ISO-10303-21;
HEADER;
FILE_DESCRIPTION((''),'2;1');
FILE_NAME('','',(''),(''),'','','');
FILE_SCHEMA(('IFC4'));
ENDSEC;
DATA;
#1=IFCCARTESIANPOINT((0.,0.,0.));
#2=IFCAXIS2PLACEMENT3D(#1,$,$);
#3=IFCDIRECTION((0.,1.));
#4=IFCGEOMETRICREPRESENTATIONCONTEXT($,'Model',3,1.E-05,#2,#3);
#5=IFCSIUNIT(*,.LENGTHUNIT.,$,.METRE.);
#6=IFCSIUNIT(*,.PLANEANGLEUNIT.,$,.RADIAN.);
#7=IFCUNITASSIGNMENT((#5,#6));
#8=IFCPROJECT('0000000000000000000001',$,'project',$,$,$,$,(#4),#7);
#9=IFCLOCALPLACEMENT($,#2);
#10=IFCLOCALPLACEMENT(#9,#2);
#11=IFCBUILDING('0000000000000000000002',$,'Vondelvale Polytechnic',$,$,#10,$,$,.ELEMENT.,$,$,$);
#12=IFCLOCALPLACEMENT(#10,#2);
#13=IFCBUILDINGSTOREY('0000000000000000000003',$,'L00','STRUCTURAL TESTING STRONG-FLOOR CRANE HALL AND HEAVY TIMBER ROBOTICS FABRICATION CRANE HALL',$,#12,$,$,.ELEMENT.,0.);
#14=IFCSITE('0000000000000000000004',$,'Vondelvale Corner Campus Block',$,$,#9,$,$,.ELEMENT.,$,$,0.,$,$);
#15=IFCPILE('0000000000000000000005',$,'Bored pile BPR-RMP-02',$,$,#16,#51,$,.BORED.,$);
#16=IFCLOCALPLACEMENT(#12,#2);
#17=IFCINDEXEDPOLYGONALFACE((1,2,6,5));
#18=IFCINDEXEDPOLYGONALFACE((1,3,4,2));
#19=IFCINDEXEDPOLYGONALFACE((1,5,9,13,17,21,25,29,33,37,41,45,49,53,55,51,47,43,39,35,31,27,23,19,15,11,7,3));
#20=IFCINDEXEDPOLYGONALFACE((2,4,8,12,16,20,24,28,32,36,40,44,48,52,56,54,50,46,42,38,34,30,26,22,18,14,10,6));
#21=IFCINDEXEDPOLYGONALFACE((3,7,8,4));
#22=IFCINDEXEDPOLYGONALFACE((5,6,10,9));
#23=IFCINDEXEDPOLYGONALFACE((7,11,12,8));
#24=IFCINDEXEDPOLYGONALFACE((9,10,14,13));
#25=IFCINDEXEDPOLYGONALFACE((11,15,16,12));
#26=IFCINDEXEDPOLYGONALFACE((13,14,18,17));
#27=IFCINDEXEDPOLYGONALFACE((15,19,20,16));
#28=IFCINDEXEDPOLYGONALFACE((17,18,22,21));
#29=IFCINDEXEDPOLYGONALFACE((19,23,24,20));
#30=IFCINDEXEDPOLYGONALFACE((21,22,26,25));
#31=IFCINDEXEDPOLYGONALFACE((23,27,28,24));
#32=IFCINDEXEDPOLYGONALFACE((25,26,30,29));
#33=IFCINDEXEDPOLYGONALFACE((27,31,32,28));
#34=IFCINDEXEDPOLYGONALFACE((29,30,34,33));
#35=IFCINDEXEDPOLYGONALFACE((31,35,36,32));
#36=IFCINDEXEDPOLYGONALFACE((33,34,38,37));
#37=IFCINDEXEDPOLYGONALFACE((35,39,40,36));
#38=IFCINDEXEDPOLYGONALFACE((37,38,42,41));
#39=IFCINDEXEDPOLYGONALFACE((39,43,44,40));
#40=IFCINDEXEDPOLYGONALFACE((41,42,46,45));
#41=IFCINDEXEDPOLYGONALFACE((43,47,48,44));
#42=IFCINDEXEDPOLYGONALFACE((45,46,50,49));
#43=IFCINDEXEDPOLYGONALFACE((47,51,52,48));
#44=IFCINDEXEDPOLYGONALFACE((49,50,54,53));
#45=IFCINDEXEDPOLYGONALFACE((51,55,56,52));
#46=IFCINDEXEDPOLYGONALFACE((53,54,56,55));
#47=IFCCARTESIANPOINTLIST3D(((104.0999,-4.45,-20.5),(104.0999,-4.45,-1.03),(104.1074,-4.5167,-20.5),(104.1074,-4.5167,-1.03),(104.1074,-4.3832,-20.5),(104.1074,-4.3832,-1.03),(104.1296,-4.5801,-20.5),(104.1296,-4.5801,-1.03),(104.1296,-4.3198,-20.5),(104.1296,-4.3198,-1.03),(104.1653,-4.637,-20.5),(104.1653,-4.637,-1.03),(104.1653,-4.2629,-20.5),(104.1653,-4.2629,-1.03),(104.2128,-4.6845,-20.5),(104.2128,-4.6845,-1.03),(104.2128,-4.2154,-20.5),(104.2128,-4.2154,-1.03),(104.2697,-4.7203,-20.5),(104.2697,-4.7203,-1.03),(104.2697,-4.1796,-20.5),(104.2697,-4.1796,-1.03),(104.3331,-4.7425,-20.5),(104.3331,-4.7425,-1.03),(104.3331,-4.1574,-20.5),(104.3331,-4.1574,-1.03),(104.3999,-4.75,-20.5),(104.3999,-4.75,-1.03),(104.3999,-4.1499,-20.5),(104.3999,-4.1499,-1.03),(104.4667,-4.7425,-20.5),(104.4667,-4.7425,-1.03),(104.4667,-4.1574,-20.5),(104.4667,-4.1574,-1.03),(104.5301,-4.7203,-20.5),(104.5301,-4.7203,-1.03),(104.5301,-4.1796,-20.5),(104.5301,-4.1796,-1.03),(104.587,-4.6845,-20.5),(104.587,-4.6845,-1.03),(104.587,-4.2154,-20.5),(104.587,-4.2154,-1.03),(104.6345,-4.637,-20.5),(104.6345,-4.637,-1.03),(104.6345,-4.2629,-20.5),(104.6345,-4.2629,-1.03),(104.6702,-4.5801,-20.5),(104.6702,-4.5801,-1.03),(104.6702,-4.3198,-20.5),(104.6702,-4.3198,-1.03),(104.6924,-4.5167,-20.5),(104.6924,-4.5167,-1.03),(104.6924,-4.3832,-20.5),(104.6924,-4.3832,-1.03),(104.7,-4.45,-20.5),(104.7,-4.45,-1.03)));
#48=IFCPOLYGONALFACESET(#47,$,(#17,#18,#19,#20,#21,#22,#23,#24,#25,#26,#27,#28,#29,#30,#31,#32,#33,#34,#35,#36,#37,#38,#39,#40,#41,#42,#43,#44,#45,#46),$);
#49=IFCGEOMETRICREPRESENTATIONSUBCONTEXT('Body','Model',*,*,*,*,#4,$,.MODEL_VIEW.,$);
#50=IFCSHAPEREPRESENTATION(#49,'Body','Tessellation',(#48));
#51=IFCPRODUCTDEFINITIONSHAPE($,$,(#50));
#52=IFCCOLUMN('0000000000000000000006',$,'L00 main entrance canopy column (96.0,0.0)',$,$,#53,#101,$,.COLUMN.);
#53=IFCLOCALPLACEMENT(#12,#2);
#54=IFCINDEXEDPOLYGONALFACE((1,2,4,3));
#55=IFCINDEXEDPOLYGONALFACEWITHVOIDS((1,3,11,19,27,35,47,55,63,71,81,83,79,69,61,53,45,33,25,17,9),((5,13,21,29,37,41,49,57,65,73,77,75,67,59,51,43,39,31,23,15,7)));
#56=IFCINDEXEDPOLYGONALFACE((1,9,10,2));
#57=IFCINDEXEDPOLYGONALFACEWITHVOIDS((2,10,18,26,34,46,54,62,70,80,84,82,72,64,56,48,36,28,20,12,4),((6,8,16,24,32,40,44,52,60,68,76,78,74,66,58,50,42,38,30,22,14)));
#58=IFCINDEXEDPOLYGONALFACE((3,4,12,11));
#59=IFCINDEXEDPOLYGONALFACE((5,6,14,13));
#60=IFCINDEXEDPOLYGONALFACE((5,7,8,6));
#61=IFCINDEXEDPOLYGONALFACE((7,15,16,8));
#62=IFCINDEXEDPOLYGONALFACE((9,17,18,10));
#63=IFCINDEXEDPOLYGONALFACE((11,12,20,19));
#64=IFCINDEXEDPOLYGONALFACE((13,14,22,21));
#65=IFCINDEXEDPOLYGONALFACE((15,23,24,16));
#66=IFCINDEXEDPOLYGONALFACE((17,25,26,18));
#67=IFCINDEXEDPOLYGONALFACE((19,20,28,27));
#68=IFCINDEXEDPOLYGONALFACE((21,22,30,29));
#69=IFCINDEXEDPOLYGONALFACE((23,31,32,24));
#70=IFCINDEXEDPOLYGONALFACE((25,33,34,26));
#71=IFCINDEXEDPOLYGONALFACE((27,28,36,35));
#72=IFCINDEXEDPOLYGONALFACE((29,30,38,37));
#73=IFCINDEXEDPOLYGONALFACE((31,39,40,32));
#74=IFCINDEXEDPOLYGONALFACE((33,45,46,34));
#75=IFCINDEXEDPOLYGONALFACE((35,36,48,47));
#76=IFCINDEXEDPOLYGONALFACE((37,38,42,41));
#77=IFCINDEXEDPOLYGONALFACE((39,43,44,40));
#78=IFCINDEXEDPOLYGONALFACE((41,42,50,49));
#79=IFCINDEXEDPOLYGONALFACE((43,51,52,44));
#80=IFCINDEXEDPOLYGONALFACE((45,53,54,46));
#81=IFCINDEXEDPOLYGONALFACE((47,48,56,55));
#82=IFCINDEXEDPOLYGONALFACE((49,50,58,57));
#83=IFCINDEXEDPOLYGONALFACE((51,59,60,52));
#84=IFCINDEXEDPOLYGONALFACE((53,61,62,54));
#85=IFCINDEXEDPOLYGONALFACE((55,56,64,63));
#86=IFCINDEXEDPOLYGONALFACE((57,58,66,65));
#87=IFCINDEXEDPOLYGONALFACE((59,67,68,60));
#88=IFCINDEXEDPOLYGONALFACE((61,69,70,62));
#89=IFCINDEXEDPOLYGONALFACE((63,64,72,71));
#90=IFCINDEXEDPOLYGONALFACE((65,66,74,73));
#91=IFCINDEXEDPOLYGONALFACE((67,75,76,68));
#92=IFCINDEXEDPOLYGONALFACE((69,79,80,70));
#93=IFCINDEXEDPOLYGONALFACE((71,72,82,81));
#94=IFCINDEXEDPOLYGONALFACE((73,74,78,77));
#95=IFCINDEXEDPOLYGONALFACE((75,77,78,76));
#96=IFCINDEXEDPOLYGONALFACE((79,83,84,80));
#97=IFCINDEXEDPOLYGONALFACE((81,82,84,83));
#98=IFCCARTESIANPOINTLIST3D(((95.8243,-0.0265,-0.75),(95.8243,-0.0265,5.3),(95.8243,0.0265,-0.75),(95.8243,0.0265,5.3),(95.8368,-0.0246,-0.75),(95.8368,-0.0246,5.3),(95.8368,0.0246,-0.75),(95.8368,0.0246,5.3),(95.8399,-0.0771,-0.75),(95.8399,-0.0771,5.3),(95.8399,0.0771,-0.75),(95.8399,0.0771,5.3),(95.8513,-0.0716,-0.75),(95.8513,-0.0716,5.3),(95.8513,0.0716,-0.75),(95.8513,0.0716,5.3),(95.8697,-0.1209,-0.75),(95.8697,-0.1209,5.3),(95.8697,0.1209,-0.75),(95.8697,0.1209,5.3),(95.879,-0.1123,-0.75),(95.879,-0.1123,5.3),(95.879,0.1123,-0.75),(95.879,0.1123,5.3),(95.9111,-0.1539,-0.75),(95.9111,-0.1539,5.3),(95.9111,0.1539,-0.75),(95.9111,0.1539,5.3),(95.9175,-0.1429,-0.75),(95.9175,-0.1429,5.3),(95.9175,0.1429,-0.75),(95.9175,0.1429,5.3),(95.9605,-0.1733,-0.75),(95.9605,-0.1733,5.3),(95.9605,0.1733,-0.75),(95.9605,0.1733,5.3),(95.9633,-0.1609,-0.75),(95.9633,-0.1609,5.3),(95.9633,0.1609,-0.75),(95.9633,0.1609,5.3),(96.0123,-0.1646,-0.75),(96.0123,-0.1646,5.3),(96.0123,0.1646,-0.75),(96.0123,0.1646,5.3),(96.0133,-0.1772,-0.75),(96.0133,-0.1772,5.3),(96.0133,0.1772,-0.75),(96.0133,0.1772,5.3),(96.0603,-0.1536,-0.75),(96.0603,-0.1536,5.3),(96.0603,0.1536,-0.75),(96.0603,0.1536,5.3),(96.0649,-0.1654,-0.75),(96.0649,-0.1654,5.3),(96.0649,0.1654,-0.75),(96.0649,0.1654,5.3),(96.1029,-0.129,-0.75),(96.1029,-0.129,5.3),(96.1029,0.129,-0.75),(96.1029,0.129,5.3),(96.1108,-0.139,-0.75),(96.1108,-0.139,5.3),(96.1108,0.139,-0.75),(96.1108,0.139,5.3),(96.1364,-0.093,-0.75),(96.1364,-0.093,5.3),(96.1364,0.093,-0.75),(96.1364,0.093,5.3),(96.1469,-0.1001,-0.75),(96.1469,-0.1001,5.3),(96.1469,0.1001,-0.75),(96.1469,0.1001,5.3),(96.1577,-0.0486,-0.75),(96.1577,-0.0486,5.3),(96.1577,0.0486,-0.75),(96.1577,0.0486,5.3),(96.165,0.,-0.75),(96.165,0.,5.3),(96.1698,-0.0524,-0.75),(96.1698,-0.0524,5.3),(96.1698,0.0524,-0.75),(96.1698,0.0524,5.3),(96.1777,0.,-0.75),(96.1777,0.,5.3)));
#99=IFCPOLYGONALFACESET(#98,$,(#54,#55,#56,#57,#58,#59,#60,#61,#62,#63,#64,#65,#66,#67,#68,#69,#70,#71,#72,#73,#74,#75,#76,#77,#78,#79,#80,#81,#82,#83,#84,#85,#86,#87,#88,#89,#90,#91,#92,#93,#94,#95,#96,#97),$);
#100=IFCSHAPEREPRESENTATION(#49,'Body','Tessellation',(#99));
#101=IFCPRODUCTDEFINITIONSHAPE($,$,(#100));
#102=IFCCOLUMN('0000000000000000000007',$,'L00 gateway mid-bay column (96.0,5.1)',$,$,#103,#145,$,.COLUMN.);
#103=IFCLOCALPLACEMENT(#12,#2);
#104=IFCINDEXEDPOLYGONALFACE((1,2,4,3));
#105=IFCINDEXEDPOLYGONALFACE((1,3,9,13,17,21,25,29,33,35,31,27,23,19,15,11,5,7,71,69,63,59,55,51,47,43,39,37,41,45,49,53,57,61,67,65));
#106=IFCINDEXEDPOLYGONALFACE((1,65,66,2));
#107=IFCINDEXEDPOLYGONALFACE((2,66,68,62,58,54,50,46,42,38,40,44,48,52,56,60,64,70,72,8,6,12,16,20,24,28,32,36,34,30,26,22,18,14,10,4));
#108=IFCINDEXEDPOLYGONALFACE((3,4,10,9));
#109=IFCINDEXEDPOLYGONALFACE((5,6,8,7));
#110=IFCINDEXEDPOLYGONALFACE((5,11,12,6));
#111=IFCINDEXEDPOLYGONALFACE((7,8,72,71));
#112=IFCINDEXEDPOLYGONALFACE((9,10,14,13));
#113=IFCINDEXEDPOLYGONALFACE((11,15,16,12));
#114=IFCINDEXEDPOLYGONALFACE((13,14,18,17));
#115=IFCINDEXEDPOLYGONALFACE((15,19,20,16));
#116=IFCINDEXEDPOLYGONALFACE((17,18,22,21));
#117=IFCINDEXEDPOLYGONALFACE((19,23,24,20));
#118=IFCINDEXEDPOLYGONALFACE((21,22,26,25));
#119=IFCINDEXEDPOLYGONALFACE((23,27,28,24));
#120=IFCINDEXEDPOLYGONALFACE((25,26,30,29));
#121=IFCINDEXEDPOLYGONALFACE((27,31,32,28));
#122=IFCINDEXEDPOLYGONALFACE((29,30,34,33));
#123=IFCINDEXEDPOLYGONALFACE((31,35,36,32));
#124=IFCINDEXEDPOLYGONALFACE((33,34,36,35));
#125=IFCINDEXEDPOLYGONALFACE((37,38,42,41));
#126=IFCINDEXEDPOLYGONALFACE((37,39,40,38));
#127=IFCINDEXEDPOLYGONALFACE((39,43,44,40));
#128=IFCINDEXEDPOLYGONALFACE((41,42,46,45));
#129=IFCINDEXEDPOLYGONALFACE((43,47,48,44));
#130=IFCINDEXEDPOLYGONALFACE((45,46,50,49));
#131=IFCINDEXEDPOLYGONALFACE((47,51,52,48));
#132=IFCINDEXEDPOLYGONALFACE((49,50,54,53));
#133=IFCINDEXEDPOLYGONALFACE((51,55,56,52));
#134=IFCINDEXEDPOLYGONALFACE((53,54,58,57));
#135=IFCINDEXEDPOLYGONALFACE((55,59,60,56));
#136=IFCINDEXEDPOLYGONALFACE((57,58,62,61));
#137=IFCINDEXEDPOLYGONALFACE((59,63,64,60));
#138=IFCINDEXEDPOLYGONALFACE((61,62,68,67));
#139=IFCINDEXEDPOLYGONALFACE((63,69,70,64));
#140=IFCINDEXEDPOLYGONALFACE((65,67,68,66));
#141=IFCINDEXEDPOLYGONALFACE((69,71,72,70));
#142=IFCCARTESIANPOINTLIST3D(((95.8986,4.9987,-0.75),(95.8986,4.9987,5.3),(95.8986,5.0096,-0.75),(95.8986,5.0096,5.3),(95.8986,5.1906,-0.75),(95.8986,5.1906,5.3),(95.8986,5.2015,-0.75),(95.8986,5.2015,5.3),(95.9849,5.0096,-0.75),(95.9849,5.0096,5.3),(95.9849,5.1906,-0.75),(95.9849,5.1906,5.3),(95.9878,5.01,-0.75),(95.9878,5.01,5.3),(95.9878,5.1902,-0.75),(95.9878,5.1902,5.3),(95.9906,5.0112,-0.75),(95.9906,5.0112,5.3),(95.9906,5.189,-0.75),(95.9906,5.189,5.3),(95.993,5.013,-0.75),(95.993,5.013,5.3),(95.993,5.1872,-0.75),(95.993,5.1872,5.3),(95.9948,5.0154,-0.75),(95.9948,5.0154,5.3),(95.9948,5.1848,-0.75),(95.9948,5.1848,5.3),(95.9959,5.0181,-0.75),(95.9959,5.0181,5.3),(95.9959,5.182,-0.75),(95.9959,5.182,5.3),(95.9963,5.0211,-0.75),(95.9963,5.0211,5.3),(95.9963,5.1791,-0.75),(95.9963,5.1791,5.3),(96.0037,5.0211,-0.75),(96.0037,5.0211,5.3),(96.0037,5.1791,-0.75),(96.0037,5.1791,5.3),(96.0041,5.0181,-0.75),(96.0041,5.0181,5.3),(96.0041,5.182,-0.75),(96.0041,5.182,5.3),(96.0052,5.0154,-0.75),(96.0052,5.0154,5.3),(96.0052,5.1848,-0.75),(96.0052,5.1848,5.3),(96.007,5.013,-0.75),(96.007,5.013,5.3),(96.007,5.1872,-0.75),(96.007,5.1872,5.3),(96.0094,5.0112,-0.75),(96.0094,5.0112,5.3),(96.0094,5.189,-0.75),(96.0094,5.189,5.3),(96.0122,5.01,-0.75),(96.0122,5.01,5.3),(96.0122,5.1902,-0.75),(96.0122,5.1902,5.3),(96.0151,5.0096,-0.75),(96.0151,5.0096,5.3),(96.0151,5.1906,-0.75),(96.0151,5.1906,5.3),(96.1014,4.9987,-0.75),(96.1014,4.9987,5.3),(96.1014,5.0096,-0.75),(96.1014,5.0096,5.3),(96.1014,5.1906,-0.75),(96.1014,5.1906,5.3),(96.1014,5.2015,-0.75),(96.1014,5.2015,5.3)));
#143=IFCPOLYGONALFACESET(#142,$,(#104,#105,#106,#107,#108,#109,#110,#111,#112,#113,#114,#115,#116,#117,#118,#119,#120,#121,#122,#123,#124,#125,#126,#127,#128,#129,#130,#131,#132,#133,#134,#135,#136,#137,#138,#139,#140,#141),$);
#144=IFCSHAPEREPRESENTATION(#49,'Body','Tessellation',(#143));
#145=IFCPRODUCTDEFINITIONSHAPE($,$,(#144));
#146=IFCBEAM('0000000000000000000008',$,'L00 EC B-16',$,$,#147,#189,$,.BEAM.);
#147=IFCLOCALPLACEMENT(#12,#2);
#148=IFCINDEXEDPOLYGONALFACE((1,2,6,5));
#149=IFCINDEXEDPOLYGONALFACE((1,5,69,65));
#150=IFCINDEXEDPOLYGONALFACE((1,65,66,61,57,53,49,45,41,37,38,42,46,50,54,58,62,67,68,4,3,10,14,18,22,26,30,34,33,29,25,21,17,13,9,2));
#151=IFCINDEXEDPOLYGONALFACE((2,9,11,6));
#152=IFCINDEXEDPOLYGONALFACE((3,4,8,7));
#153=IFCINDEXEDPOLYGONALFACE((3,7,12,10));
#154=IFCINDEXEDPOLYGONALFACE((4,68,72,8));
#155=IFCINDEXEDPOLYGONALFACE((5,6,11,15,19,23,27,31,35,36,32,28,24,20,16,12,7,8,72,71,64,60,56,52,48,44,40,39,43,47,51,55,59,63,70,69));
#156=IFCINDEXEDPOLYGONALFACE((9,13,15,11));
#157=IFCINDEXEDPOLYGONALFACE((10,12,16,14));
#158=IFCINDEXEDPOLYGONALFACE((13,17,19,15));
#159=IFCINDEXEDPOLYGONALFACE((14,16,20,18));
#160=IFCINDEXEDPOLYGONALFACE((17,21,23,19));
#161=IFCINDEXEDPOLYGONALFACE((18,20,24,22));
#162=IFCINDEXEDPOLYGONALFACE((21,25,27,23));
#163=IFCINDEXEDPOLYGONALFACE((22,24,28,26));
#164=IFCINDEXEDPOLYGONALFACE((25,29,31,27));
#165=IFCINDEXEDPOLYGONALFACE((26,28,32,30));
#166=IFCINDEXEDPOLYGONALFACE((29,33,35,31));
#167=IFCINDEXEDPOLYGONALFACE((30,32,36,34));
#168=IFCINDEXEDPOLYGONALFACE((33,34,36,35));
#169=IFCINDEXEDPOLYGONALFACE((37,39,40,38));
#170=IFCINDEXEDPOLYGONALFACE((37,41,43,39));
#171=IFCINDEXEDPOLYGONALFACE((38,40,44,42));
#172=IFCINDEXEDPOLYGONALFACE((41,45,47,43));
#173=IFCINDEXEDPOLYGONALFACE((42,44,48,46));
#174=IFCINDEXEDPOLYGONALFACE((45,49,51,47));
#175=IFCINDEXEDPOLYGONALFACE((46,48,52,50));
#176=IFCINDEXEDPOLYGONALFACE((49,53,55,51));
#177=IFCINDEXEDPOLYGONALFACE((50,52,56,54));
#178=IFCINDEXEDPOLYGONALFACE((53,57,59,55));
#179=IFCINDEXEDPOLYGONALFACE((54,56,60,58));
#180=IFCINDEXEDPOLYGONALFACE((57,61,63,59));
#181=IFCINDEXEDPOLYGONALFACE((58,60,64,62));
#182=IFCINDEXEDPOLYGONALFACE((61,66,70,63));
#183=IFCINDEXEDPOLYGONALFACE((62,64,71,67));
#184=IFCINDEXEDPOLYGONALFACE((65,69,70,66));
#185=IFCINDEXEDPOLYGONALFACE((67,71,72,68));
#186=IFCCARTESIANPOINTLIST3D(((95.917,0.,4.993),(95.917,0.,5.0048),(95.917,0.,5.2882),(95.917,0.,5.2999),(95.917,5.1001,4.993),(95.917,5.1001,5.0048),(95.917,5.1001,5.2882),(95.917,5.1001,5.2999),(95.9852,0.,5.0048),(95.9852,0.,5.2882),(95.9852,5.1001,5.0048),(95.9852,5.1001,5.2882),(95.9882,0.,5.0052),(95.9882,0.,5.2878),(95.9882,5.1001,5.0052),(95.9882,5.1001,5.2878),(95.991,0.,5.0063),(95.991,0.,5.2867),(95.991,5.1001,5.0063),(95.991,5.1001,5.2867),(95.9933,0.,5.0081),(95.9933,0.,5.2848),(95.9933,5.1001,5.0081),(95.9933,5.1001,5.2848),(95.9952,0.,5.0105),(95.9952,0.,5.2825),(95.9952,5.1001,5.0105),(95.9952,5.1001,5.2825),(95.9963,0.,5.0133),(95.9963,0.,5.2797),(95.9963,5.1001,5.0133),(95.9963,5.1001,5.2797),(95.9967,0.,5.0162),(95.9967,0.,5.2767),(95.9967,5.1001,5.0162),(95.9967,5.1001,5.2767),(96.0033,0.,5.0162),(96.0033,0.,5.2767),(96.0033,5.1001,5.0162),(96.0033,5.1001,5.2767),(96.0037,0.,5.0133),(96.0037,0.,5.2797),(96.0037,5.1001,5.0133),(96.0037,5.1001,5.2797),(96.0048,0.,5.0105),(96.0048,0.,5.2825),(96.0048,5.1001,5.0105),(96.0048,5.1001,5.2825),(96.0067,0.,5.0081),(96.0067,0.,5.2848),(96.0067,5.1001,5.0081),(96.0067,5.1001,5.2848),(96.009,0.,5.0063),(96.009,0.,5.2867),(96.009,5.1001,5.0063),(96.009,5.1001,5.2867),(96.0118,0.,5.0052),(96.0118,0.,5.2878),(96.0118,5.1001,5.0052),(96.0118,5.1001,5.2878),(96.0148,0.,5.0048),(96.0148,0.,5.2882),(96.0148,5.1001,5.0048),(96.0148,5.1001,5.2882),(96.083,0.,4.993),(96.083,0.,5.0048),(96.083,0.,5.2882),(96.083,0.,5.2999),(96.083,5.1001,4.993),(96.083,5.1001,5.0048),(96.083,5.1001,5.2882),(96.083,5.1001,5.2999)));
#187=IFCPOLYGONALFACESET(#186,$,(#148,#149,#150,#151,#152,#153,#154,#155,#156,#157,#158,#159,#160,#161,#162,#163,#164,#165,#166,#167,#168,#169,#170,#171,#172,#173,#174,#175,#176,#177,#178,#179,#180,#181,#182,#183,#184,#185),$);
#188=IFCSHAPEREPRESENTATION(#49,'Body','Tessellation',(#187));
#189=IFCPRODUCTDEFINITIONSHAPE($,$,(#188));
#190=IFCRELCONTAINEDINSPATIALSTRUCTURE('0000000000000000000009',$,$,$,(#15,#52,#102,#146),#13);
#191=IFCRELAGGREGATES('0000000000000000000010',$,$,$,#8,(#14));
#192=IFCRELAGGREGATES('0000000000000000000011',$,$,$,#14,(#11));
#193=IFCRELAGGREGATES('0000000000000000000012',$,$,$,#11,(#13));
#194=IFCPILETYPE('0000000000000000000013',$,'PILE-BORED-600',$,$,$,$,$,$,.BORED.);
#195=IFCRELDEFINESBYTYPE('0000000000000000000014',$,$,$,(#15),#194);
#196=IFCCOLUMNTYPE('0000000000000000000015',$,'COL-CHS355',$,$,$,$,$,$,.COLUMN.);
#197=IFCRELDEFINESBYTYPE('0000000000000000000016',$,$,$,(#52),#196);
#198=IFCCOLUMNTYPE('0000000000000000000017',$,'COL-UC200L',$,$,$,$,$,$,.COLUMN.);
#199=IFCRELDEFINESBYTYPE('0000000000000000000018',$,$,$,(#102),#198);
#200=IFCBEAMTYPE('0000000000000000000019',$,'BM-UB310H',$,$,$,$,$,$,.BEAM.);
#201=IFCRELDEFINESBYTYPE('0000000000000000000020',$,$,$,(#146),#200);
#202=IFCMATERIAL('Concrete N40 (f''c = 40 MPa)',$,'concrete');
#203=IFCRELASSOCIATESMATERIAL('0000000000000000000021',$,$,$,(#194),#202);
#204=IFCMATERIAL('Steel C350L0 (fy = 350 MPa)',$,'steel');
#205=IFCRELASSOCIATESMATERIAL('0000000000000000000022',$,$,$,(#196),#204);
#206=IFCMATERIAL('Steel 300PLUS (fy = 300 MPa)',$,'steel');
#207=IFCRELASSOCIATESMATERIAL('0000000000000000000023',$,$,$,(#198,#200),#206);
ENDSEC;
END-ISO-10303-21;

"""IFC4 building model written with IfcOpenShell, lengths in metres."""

from ifc_helpers import new_model, si_unit, direction, frame, origin, origin_2d, place, context, subcontext, project, spatial, circle, hollow_circle, i_section, extrude, material, material_profile, profile_set, type_object, element, save


model = new_model("IFC4")

# Units and contexts
model_context = context("Model", 3, precision=1e-05, world=origin(), true_north=direction((0.0, 1.0)))
body_context = subcontext(model_context, "Body", "Model", "MODEL_VIEW")
ifc_project = project(units=[si_unit("LENGTHUNIT", "METRE"), si_unit("PLANEANGLEUNIT", "RADIAN")], contexts=[model_context])

# Site, building, storey
site_placement = place(None, origin())
site = spatial("IfcSite", under=ifc_project, at=site_placement, Name="Vondelvale Corner Campus Block", CompositionType="ELEMENT", RefElevation=0.0)
building_placement = place(site_placement, origin())
building = spatial("IfcBuilding", under=site, at=building_placement, Name="Vondelvale Polytechnic", CompositionType="ELEMENT")
storey_placement = place(building_placement, origin())
storey = spatial("IfcBuildingStorey", under=building, at=storey_placement, Name="L00", Description="STRUCTURAL TESTING STRONG-FLOOR CRANE HALL AND HEAVY TIMBER ROBOTICS FABRICATION CRANE HALL", CompositionType="ELEMENT", Elevation=0.0)

# Shared definitions
ifc_material_1 = material(Name="Concrete N40 (f'c = 40 MPa)", Category="concrete")

# Pile
ifc_material_profile_1 = material_profile(ifc_material_1, circle(Radius=0.3, at=origin_2d()), Name="PILE-D600")
ifc_profile_set_1 = profile_set([ifc_material_profile_1], Name="Concrete N40 (f'c = 40 MPa)")
pile_type = type_object("IfcPileType", Name="PILE-BORED-600", PredefinedType="BORED", material=ifc_profile_set_1)
for number, where, z_axis, x_axis, name in (
    (1, (104.3999, -4.45, -1.03), (0.0, 0.0, -1.0), (1.0, 0.0, 0.0), "Bored pile BPR-RMP-02"),
):
    element("IfcPile", number, at=place(storey_placement, frame(where, z_axis=z_axis, x_axis=x_axis)), inside=storey, type_object=pile_type, Name=name, PredefinedType="BORED", context=body_context, shape_type="SweptSolid", body=[
        extrude(circle(Radius=0.3, at=origin_2d()), origin(), (0.0, 0.0, 1.0), 19.47),
    ])

# Columns
ifc_material_2 = material(Name="Steel C350L0 (fy = 350 MPa)", Category="steel")
ifc_material_profile_2 = material_profile(ifc_material_2, hollow_circle(Radius=0.1777, WallThickness=0.0127, at=origin_2d()), Name="355.6x12.7CHS")
ifc_profile_set_2 = profile_set([ifc_material_profile_2], Name="Steel C350L0 (fy = 350 MPa)")
column_type_1 = type_object("IfcColumnType", Name="COL-CHS355", PredefinedType="COLUMN", material=ifc_profile_set_2)
column_1_placement = place(storey_placement, frame((96.0, 0.0, -0.75), z_axis=(0.0, 0.0, 1.0), x_axis=(1.0, 0.0, 0.0)))
element("IfcColumn", 2, at=column_1_placement, inside=storey, type_object=column_type_1, Name="L00 main entrance canopy column (96.0,0.0)", PredefinedType="COLUMN", context=body_context, shape_type="SweptSolid", body=[
    extrude(hollow_circle(Radius=0.1777, WallThickness=0.0127, at=origin_2d()), origin(), (0.0, 0.0, 1.0), 6.05),
])
ifc_material_3 = material(Name="Steel 300PLUS (fy = 300 MPa)", Category="steel")
ifc_material_profile_3 = material_profile(ifc_material_3, i_section(OverallWidth=0.2029, OverallDepth=0.2029, WebThickness=0.0073, FlangeThickness=0.011, FilletRadius=0.0115, at=origin_2d()), Name="200UC46.2")
ifc_profile_set_3 = profile_set([ifc_material_profile_3], Name="Steel 300PLUS (fy = 300 MPa)")
column_type_2 = type_object("IfcColumnType", Name="COL-UC200L", PredefinedType="COLUMN", material=ifc_profile_set_3)
column_2_placement = place(storey_placement, frame((96.0, 5.1001, -0.75), z_axis=(0.0, 0.0, 1.0), x_axis=(1.0, 0.0, 0.0)))
element("IfcColumn", 3, at=column_2_placement, inside=storey, type_object=column_type_2, Name="L00 gateway mid-bay column (96.0,5.1)", PredefinedType="COLUMN", context=body_context, shape_type="SweptSolid", body=[
    extrude(i_section(OverallWidth=0.2029, OverallDepth=0.2029, WebThickness=0.0073, FlangeThickness=0.011, FilletRadius=0.0115, at=origin_2d()), origin(), (0.0, 0.0, 1.0), 6.05),
])

# Beam
ifc_material_profile_4 = material_profile(ifc_material_3, i_section(OverallWidth=0.166, OverallDepth=0.3069, WebThickness=0.0066, FlangeThickness=0.0117, FilletRadius=0.0115, at=origin_2d()), Name="310UB46.2")
ifc_profile_set_4 = profile_set([ifc_material_profile_4], Name="Steel 300PLUS (fy = 300 MPa)")
beam_type_1 = type_object("IfcBeamType", Name="BM-UB310H", PredefinedType="BEAM", material=ifc_profile_set_4)
beam_1_placement = place(storey_placement, frame((96.0, 0.0, 5.1465), z_axis=(0.0, 1.0, 0.0), x_axis=(-1.0, 0.0, 0.0)))
element("IfcBeam", 4, at=beam_1_placement, inside=storey, type_object=beam_type_1, Name="L00 EC B-16", PredefinedType="BEAM", context=body_context, shape_type="SweptSolid", body=[
    extrude(i_section(OverallWidth=0.166, OverallDepth=0.3069, WebThickness=0.0066, FlangeThickness=0.0117, FilletRadius=0.0115, at=origin_2d()), origin(), (0.0, 0.0, 1.0), 5.1001),
])

save(model, "model.ifc")
